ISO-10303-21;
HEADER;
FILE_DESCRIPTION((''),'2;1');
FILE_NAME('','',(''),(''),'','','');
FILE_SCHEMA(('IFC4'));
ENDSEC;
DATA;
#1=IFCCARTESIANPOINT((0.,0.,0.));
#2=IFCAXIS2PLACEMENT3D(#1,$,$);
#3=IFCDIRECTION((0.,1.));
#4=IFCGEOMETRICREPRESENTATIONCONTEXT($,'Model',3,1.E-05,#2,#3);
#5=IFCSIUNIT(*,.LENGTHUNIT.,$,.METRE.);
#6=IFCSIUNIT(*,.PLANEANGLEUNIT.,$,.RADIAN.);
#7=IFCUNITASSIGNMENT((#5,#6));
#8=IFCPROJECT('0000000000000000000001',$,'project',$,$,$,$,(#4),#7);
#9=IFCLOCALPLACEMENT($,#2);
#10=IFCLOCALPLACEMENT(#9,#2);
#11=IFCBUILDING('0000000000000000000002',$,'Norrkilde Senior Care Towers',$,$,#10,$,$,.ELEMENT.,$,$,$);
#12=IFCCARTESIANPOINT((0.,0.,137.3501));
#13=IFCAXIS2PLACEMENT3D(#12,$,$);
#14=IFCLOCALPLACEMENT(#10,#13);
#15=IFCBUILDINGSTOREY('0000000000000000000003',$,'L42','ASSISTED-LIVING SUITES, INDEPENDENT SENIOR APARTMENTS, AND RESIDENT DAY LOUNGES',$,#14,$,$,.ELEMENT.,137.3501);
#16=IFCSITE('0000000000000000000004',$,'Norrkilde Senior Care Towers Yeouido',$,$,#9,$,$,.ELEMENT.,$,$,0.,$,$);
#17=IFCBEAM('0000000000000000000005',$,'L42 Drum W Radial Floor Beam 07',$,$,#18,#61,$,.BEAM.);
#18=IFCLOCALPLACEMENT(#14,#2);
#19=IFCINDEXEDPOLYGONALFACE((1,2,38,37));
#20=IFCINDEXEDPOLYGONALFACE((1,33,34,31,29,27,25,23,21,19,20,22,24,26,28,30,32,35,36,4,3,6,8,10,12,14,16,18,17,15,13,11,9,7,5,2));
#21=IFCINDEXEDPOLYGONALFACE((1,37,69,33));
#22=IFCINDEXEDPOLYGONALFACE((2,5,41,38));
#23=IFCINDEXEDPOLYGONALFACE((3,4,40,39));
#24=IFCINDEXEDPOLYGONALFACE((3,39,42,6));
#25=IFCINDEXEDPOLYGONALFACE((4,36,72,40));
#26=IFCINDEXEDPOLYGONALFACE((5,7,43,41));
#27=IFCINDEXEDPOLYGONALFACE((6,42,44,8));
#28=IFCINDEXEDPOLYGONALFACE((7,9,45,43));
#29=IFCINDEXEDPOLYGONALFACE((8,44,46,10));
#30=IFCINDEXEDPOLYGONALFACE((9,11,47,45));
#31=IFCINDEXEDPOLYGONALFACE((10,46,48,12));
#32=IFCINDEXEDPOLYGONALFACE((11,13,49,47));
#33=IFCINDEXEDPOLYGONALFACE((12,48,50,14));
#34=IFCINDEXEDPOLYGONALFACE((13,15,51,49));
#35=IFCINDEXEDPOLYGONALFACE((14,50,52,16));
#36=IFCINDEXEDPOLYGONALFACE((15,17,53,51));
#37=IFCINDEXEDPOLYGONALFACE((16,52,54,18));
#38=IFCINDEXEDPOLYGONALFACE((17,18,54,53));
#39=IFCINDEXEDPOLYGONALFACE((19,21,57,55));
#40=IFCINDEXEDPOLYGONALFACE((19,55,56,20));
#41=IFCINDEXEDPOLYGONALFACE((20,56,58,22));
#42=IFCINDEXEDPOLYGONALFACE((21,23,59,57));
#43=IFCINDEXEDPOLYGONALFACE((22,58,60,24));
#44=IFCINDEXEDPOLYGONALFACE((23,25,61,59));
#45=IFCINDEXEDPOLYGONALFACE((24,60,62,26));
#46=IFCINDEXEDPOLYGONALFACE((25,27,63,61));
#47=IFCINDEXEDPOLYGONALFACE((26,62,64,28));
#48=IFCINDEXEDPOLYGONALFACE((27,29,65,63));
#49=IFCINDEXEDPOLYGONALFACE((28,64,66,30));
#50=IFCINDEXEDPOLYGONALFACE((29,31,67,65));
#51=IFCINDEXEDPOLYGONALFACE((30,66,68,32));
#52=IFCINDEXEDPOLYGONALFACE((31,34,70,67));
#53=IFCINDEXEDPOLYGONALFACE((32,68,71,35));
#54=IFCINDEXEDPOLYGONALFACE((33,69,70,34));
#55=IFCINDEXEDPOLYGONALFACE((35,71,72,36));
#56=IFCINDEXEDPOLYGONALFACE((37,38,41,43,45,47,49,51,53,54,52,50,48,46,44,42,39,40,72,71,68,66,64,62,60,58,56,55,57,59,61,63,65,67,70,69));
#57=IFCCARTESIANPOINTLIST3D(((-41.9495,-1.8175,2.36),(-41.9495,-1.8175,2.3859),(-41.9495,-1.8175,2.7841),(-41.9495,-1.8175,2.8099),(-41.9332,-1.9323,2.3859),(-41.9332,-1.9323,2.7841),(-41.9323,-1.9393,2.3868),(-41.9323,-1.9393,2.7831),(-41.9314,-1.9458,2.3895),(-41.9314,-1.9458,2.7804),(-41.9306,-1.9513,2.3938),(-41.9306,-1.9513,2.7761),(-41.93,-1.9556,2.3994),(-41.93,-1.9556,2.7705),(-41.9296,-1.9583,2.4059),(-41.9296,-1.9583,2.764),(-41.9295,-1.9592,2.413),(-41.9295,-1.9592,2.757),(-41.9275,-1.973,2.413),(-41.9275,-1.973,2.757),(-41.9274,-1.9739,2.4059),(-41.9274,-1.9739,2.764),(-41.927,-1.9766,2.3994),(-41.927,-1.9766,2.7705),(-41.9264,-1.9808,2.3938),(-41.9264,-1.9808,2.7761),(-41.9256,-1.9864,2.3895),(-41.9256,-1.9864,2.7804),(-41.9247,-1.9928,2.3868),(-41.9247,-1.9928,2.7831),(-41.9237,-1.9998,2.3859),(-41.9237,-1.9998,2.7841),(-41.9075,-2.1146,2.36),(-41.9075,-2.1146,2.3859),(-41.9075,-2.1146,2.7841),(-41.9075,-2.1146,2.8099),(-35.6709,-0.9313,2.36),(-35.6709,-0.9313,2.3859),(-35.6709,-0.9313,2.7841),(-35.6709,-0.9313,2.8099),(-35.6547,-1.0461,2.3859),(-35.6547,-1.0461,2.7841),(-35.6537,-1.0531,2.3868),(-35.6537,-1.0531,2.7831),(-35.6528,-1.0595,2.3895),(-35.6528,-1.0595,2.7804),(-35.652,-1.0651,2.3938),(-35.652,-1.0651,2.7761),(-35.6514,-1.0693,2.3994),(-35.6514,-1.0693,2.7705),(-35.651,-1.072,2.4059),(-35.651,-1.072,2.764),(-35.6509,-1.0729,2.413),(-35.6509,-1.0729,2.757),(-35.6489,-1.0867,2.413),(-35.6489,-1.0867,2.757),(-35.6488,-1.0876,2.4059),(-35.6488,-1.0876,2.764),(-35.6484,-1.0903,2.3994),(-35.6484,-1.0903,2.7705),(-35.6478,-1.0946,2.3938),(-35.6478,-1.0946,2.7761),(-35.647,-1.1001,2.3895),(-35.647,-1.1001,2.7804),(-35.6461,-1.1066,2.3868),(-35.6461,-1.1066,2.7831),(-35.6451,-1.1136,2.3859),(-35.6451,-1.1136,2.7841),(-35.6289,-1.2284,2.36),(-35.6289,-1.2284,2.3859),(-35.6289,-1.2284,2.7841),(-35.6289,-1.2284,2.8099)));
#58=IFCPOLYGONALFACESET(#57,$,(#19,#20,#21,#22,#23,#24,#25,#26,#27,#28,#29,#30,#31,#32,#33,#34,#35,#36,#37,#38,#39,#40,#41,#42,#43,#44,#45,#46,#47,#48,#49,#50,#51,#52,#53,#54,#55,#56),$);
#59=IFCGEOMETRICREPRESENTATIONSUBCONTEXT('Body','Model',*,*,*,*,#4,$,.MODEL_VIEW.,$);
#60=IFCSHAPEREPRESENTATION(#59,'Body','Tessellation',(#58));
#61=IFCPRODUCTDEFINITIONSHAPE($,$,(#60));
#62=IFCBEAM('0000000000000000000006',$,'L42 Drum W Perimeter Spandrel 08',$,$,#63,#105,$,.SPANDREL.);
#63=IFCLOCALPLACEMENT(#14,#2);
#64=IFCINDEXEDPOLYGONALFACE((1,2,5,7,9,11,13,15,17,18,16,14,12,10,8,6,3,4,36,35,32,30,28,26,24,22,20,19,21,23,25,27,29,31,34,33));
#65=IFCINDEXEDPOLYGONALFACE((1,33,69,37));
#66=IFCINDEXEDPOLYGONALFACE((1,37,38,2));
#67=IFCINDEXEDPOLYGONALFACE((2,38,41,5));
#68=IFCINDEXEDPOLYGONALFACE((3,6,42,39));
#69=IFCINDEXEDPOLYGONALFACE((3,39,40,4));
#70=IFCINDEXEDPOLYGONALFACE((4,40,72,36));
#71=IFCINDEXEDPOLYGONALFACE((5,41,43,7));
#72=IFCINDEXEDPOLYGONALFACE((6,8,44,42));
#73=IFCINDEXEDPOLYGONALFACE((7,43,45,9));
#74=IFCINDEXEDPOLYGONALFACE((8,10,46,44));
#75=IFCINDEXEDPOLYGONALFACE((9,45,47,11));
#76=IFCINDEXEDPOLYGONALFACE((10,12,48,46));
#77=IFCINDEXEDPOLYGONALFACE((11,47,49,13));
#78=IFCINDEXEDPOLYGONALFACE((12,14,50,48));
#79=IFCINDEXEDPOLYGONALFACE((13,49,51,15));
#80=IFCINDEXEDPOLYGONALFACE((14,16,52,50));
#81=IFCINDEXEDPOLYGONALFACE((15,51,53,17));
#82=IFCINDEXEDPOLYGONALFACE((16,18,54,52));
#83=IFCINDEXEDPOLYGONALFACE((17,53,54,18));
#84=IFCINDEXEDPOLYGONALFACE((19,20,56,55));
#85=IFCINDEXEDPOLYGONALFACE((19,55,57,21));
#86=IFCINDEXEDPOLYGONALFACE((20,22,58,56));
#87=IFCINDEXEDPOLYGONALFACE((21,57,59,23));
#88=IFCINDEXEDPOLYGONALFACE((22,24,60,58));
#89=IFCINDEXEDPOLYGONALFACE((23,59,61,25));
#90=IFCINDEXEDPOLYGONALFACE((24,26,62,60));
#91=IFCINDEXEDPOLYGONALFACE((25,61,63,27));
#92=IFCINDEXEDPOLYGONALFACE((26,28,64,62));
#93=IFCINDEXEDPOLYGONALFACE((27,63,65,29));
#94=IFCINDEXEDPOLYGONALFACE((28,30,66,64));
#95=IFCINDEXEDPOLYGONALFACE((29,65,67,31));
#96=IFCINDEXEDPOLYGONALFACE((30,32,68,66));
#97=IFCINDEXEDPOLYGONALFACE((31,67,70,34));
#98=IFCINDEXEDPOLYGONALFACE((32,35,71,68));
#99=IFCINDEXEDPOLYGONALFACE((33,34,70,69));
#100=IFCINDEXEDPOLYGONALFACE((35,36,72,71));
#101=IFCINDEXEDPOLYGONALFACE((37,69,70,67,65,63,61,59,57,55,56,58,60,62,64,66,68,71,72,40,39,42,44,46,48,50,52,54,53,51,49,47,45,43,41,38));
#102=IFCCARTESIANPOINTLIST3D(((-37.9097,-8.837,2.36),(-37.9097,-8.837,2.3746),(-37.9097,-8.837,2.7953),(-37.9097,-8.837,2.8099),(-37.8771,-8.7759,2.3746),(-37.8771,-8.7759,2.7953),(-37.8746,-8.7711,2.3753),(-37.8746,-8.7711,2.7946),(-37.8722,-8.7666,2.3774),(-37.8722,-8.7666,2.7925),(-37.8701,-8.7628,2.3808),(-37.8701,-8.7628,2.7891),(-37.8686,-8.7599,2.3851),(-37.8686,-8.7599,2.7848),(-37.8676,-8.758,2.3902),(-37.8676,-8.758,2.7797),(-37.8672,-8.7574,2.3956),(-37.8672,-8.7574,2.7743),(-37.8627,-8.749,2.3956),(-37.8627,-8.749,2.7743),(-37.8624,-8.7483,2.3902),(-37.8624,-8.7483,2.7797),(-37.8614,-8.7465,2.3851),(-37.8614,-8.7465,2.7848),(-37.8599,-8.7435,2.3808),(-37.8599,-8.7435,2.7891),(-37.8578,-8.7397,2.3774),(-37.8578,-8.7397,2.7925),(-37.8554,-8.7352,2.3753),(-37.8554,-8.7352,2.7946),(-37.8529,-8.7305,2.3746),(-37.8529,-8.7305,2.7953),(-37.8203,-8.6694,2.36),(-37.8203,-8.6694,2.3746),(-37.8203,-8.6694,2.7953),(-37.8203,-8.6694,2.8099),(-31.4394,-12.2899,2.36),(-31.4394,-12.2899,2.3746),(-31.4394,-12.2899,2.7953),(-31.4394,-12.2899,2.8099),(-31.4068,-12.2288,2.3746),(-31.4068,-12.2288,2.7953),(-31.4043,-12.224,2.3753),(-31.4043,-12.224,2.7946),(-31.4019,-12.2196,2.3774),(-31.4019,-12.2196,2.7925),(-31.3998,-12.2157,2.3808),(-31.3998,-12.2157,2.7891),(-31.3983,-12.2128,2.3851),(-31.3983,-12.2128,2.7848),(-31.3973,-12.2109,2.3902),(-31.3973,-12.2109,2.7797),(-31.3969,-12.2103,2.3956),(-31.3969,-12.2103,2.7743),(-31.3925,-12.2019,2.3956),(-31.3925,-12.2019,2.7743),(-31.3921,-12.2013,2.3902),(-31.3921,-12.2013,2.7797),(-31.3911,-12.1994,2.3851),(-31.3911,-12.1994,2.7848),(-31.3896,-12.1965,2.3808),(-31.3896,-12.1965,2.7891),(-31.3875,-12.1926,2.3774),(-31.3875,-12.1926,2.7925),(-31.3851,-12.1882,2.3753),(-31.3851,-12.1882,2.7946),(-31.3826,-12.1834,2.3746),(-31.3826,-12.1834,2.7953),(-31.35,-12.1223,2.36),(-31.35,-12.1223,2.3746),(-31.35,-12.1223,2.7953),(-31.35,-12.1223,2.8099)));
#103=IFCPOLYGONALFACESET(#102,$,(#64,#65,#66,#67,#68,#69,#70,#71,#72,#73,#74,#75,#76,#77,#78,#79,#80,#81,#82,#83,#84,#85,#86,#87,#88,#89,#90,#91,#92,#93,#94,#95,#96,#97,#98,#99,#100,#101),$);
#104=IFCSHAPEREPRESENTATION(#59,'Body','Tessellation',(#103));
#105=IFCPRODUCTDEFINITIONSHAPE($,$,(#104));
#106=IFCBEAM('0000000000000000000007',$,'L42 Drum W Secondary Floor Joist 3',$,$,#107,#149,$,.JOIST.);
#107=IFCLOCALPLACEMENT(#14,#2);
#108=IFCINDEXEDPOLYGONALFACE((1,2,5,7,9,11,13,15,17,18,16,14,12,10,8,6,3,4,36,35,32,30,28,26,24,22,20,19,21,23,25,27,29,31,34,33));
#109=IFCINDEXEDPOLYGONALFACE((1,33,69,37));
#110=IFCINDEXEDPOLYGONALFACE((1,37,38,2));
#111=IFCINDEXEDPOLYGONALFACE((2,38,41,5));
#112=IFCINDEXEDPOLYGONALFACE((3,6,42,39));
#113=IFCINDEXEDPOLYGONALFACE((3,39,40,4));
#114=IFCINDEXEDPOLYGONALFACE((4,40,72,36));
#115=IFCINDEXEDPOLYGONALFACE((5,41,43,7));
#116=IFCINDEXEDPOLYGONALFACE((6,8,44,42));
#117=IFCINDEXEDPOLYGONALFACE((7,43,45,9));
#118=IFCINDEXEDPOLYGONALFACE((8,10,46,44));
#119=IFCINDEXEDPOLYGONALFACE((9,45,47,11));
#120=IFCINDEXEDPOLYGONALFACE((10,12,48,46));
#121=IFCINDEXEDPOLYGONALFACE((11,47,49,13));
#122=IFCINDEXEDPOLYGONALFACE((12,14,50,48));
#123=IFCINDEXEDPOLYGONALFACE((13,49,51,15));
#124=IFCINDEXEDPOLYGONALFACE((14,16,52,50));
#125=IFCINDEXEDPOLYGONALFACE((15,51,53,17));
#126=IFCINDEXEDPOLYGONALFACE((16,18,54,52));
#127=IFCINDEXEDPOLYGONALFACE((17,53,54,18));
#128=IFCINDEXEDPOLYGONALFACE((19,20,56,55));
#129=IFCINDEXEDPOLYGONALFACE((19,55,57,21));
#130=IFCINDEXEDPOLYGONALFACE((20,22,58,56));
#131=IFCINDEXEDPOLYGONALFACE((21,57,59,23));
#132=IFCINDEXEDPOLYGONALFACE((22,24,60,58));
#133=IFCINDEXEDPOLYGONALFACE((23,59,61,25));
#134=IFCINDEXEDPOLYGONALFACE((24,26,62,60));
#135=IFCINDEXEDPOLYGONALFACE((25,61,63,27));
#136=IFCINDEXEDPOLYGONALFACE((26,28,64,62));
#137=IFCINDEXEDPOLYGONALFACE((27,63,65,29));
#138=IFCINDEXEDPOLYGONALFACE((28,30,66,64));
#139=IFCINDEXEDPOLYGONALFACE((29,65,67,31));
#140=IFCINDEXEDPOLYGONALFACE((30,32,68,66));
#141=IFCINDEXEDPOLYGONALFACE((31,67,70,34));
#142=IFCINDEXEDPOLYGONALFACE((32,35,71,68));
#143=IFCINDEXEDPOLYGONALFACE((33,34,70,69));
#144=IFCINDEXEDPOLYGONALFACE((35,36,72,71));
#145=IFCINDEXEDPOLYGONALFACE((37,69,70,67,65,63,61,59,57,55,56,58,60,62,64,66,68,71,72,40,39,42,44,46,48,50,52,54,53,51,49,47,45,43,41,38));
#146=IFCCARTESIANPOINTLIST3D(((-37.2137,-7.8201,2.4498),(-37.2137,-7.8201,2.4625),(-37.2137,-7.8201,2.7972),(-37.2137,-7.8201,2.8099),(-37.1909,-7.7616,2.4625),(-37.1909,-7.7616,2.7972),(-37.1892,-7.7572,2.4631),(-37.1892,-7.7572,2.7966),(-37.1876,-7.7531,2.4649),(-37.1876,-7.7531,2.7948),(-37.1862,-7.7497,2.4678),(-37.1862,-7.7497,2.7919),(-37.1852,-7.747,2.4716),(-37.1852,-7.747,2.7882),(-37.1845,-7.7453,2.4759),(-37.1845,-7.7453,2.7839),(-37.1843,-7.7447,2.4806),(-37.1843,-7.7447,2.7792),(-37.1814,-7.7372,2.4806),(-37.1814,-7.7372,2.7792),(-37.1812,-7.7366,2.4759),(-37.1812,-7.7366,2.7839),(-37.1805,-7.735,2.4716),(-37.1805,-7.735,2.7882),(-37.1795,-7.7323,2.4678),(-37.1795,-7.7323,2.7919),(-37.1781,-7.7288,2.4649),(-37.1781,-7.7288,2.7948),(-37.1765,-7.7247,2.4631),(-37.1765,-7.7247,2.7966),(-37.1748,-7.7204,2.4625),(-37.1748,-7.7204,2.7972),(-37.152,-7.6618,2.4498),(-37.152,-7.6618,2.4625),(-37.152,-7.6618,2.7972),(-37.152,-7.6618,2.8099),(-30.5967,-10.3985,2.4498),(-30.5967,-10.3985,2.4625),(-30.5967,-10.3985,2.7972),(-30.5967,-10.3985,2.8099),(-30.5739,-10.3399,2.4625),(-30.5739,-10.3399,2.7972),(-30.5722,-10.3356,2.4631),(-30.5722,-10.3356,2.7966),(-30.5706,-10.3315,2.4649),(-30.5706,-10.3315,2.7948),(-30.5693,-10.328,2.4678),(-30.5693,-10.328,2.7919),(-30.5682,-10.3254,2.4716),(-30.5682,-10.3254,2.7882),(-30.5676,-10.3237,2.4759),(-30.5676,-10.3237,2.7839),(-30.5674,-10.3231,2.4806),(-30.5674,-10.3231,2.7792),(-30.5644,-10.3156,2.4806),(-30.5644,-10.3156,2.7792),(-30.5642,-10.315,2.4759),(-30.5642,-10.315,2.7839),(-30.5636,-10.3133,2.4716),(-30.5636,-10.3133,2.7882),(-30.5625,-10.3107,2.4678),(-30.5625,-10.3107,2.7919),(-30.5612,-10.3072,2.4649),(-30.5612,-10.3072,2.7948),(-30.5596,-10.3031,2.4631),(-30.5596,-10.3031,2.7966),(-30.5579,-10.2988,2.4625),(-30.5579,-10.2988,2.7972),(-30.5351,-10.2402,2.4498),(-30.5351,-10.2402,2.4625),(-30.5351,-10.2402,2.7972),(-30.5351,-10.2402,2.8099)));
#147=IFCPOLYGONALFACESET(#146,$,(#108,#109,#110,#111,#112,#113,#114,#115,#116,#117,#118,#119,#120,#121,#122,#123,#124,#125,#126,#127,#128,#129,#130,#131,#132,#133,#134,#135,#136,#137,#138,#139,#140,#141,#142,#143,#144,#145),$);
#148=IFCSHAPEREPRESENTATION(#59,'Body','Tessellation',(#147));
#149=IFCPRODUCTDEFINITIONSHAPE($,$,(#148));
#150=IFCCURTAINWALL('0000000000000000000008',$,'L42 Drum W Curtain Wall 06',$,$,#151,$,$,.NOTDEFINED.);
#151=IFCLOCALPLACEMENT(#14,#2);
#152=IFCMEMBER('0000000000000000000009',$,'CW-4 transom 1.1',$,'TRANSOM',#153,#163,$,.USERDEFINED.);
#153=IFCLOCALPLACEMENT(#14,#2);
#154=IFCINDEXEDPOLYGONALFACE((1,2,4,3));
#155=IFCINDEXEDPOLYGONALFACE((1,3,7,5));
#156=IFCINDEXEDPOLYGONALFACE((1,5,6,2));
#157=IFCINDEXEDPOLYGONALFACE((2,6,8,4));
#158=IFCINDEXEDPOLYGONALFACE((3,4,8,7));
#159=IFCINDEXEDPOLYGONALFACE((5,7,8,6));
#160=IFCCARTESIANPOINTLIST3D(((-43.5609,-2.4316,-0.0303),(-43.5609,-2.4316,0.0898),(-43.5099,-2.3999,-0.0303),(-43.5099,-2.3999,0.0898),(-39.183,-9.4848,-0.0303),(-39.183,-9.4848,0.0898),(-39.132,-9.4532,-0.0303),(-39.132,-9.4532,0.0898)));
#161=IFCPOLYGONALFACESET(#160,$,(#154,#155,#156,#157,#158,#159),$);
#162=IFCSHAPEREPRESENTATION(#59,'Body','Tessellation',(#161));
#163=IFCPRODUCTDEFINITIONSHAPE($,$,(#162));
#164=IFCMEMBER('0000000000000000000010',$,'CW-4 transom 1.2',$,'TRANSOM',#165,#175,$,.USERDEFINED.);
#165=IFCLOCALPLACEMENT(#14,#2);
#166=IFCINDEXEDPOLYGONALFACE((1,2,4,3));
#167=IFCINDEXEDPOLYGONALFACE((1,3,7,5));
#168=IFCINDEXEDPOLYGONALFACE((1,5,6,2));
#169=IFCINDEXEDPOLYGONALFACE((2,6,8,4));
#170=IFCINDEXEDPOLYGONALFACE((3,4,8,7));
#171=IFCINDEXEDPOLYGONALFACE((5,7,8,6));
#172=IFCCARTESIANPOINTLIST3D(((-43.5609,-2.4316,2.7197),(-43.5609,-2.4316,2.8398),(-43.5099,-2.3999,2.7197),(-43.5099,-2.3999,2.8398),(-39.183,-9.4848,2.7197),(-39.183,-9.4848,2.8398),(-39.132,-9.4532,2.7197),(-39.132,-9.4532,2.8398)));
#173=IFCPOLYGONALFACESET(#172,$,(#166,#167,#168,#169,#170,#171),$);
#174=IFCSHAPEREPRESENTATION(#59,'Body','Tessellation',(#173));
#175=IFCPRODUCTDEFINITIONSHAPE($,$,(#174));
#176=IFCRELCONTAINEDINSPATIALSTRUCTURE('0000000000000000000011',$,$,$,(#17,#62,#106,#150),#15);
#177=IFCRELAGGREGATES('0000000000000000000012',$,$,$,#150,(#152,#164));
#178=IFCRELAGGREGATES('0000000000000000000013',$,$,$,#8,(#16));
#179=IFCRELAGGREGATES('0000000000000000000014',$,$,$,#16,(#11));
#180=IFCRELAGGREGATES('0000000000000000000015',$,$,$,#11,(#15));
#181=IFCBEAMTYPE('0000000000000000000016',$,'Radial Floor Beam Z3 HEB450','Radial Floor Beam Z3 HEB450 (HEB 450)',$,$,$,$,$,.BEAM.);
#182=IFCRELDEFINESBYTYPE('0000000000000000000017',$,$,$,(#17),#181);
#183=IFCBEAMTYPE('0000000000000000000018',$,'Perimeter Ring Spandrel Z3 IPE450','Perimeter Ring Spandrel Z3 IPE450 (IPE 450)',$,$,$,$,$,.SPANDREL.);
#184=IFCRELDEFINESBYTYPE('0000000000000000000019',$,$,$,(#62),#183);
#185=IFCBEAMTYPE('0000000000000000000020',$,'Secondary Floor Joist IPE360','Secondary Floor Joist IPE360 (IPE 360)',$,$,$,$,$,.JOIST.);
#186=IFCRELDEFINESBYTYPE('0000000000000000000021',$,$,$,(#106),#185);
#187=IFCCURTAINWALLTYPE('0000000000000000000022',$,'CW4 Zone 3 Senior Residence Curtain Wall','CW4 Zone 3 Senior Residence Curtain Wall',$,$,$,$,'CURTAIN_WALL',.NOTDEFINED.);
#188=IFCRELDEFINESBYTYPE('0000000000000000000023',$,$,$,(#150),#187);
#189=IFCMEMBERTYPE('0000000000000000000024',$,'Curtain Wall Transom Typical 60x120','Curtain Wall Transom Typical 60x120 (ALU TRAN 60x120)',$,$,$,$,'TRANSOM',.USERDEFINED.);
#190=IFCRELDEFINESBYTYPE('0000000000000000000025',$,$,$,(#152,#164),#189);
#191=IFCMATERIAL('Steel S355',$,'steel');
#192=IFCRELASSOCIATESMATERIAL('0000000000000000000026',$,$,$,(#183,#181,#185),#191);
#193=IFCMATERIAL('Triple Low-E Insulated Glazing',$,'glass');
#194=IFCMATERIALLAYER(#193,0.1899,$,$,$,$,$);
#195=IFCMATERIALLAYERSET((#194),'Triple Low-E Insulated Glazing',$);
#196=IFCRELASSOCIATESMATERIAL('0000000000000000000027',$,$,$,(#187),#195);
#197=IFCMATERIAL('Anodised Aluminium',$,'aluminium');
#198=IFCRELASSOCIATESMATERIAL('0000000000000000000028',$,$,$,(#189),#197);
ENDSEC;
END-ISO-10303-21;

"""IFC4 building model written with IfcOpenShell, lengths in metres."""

from ifc_helpers import new_model, si_unit, direction, frame, origin, origin_2d, place, context, subcontext, project, spatial, rectangle, i_section, extrude, source, transform, mapped, material, layer, layer_set, material_profile, profile_set, type_object, type_shapes, element, aggregate, save


model = new_model("IFC4")

# Units and contexts
model_context = context("Model", 3, precision=1e-05, world=origin(), true_north=direction((0.0, 1.0)))
body_context = subcontext(model_context, "Body", "Model", "MODEL_VIEW")
ifc_project = project(units=[si_unit("LENGTHUNIT", "METRE"), si_unit("PLANEANGLEUNIT", "RADIAN")], contexts=[model_context])

# Site, building, storey
site_placement = place(None, origin())
site = spatial("IfcSite", under=ifc_project, at=site_placement, Name="Norrkilde Senior Care Towers Yeouido", CompositionType="ELEMENT", RefElevation=0.0)
building_placement = place(site_placement, origin())
building = spatial("IfcBuilding", under=site, at=building_placement, Name="Norrkilde Senior Care Towers", CompositionType="ELEMENT")
storey_placement = place(building_placement, frame((0.0, 0.0, 137.3501)))
storey = spatial("IfcBuildingStorey", under=building, at=storey_placement, Name="L42", Description="ASSISTED-LIVING SUITES, INDEPENDENT SENIOR APARTMENTS, AND RESIDENT DAY LOUNGES", CompositionType="ELEMENT", Elevation=137.3501)

# Beams
ifc_material_1 = material(Name="Steel S355", Category="steel")
ifc_material_profile_1 = material_profile(ifc_material_1, i_section(OverallWidth=0.1899, OverallDepth=0.45, WebThickness=0.0095, FlangeThickness=0.0146, FilletRadius=0.021, at=origin_2d()), Name="IPE 450")
ifc_profile_set_1 = profile_set([ifc_material_profile_1], Name="Steel S355")
beam_type_1 = type_object("IfcBeamType", Name="Perimeter Ring Spandrel Z3 IPE450", Description="Perimeter Ring Spandrel Z3 IPE450 (IPE 450)", PredefinedType="SPANDREL", material=ifc_profile_set_1)
ifc_material_profile_2 = material_profile(ifc_material_1, i_section(OverallWidth=0.3, OverallDepth=0.45, WebThickness=0.0139, FlangeThickness=0.0259, FilletRadius=0.0271, at=origin_2d()), Name="HEB 450")
ifc_profile_set_2 = profile_set([ifc_material_profile_2], Name="Steel S355")
beam_type_2 = type_object("IfcBeamType", Name="Radial Floor Beam Z3 HEB450", Description="Radial Floor Beam Z3 HEB450 (HEB 450)", PredefinedType="BEAM", material=ifc_profile_set_2)
shared_shape_1 = source(origin(), body_context, "Body", "SweptSolid", [
    extrude(i_section(OverallWidth=0.3, OverallDepth=0.45, WebThickness=0.0139, FlangeThickness=0.0259, FilletRadius=0.0271, at=origin_2d()), origin(), (0.0, 0.0, 1.0), 6.3408),
])
type_shapes(beam_type_2, [shared_shape_1])
beam_1_placement = place(storey_placement, frame((-35.6499, -1.0798, 2.585), z_axis=(-0.990185, -0.139766, 0.0), x_axis=(0.139766, -0.990185, 0.0)))
element("IfcBeam", 1, at=beam_1_placement, inside=storey, type_object=beam_type_2, Name="L42 Drum W Radial Floor Beam 07", PredefinedType="BEAM", context=body_context, shape_type="MappedRepresentation", body=[
    mapped(shared_shape_1, transform((0.0, 0.0, 0.0), x_axis=(1.0, 0.0, 0.0), y_axis=(0.0, 1.0, 0.0), z_axis=(0.0, 0.0, 1.0), scale=1.0)),
])
shared_shape_2 = source(origin(), body_context, "Body", "SweptSolid", [
    extrude(i_section(OverallWidth=0.1899, OverallDepth=0.45, WebThickness=0.0095, FlangeThickness=0.0146, FilletRadius=0.021, at=origin_2d()), origin(), (0.0, 0.0, 1.0), 7.334),
])
beam_2_placement = place(storey_placement, frame((-37.865, -8.7532, 2.585), z_axis=(0.882234, -0.470811, 0.0), x_axis=(0.470811, 0.882234, 0.0)))
element("IfcBeam", 2, at=beam_2_placement, inside=storey, type_object=beam_type_1, Name="L42 Drum W Perimeter Spandrel 08", PredefinedType="SPANDREL", context=body_context, shape_type="MappedRepresentation", body=[
    mapped(shared_shape_2, transform((0.0, 0.0, 0.0), x_axis=(1.0, 0.0, 0.0), y_axis=(0.0, 1.0, 0.0), z_axis=(0.0, 0.0, 1.0), scale=1.0)),
])
ifc_material_profile_3 = material_profile(ifc_material_1, i_section(OverallWidth=0.1699, OverallDepth=0.3601, WebThickness=0.0081, FlangeThickness=0.0127, FilletRadius=0.0181, at=origin_2d()), Name="IPE 360")
ifc_profile_set_3 = profile_set([ifc_material_profile_3], Name="Steel S355")
beam_type_3 = type_object("IfcBeamType", Name="Secondary Floor Joist IPE360", Description="Secondary Floor Joist IPE360 (IPE 360)", PredefinedType="JOIST", material=ifc_profile_set_3)
shared_shape_3 = source(origin(), body_context, "Body", "SweptSolid", [
    extrude(i_section(OverallWidth=0.1699, OverallDepth=0.3601, WebThickness=0.0081, FlangeThickness=0.0127, FilletRadius=0.0181, at=origin_2d()), origin(), (0.0, 0.0, 1.0), 7.1016),
])
type_shapes(beam_type_3, [shared_shape_3])
beam_3_placement = place(storey_placement, frame((-37.1829, -7.741, 2.6299), z_axis=(0.931761, -0.363072, 0.0), x_axis=(0.363072, 0.931761, 0.0)))
element("IfcBeam", 3, at=beam_3_placement, inside=storey, type_object=beam_type_3, Name="L42 Drum W Secondary Floor Joist 3", PredefinedType="JOIST", context=body_context, shape_type="MappedRepresentation", body=[
    mapped(shared_shape_3, transform((0.0, 0.0, 0.0), x_axis=(1.0, 0.0, 0.0), y_axis=(0.0, 1.0, 0.0), z_axis=(0.0, 0.0, 1.0), scale=1.0)),
])

# Curtain wall, members
ifc_material_2 = material(Name="Triple Low-E Insulated Glazing", Category="glass")
ifc_layer_1 = layer(ifc_material_2, 0.1899)
ifc_layer_set_1 = layer_set([ifc_layer_1], Name="Triple Low-E Insulated Glazing")
curtain_wall_type = type_object("IfcCurtainWallType", Name="CW4 Zone 3 Senior Residence Curtain Wall", Description="CW4 Zone 3 Senior Residence Curtain Wall", ElementType="CURTAIN_WALL", PredefinedType="NOTDEFINED", material=ifc_layer_set_1)
curtain_wall_1_placement = place(storey_placement, origin())
curtain_wall_1 = element("IfcCurtainWall", 4, at=curtain_wall_1_placement, inside=storey, type_object=curtain_wall_type, Name="L42 Drum W Curtain Wall 06", PredefinedType="NOTDEFINED")
ifc_material_3 = material(Name="Anodised Aluminium", Category="aluminium")
ifc_material_profile_4 = material_profile(ifc_material_3, rectangle(XDim=0.0601, YDim=0.1201, at=origin_2d()), Name="ALU TRAN 60x120")
ifc_profile_set_4 = profile_set([ifc_material_profile_4], Name="Anodised Aluminium")
member_type_1 = type_object("IfcMemberType", Name="Curtain Wall Transom Typical 60x120", Description="Curtain Wall Transom Typical 60x120 (ALU TRAN 60x120)", ElementType="TRANSOM", PredefinedType="USERDEFINED", material=ifc_profile_set_4)
shared_shape_4 = source(origin(), body_context, "Body", "SweptSolid", [
    extrude(rectangle(XDim=0.0601, YDim=0.1201, at=origin_2d()), origin(), (0.0, 0.0, 1.0), 8.3015),
])
member_1_placement = place(storey_placement, frame((-39.1575, -9.469, 0.0298), z_axis=(-0.527369, 0.849637, 0.0), x_axis=(-0.849637, -0.527369, 0.0)))
member_1 = element("IfcMember", 5, at=member_1_placement, type_object=member_type_1, Name="CW-4 transom 1.1", ObjectType="TRANSOM", PredefinedType="USERDEFINED", context=body_context, shape_type="MappedRepresentation", body=[
    mapped(shared_shape_4, transform((0.0, 0.0, 0.0), x_axis=(1.0, 0.0, 0.0), y_axis=(0.0, 1.0, 0.0), z_axis=(0.0, 0.0, 1.0), scale=1.0)),
])
member_2_placement = place(storey_placement, frame((-39.1575, -9.469, 2.7798), z_axis=(-0.527369, 0.849637, 0.0), x_axis=(-0.849637, -0.527369, 0.0)))
member_2 = element("IfcMember", 6, at=member_2_placement, type_object=member_type_1, Name="CW-4 transom 1.2", ObjectType="TRANSOM", PredefinedType="USERDEFINED", context=body_context, shape_type="MappedRepresentation", body=[
    mapped(shared_shape_4, transform((0.0, 0.0, 0.0), x_axis=(1.0, 0.0, 0.0), y_axis=(0.0, 1.0, 0.0), z_axis=(0.0, 0.0, 1.0), scale=1.0)),
])

aggregate(curtain_wall_1, [member_1, member_2])

save(model, "model.ifc")
